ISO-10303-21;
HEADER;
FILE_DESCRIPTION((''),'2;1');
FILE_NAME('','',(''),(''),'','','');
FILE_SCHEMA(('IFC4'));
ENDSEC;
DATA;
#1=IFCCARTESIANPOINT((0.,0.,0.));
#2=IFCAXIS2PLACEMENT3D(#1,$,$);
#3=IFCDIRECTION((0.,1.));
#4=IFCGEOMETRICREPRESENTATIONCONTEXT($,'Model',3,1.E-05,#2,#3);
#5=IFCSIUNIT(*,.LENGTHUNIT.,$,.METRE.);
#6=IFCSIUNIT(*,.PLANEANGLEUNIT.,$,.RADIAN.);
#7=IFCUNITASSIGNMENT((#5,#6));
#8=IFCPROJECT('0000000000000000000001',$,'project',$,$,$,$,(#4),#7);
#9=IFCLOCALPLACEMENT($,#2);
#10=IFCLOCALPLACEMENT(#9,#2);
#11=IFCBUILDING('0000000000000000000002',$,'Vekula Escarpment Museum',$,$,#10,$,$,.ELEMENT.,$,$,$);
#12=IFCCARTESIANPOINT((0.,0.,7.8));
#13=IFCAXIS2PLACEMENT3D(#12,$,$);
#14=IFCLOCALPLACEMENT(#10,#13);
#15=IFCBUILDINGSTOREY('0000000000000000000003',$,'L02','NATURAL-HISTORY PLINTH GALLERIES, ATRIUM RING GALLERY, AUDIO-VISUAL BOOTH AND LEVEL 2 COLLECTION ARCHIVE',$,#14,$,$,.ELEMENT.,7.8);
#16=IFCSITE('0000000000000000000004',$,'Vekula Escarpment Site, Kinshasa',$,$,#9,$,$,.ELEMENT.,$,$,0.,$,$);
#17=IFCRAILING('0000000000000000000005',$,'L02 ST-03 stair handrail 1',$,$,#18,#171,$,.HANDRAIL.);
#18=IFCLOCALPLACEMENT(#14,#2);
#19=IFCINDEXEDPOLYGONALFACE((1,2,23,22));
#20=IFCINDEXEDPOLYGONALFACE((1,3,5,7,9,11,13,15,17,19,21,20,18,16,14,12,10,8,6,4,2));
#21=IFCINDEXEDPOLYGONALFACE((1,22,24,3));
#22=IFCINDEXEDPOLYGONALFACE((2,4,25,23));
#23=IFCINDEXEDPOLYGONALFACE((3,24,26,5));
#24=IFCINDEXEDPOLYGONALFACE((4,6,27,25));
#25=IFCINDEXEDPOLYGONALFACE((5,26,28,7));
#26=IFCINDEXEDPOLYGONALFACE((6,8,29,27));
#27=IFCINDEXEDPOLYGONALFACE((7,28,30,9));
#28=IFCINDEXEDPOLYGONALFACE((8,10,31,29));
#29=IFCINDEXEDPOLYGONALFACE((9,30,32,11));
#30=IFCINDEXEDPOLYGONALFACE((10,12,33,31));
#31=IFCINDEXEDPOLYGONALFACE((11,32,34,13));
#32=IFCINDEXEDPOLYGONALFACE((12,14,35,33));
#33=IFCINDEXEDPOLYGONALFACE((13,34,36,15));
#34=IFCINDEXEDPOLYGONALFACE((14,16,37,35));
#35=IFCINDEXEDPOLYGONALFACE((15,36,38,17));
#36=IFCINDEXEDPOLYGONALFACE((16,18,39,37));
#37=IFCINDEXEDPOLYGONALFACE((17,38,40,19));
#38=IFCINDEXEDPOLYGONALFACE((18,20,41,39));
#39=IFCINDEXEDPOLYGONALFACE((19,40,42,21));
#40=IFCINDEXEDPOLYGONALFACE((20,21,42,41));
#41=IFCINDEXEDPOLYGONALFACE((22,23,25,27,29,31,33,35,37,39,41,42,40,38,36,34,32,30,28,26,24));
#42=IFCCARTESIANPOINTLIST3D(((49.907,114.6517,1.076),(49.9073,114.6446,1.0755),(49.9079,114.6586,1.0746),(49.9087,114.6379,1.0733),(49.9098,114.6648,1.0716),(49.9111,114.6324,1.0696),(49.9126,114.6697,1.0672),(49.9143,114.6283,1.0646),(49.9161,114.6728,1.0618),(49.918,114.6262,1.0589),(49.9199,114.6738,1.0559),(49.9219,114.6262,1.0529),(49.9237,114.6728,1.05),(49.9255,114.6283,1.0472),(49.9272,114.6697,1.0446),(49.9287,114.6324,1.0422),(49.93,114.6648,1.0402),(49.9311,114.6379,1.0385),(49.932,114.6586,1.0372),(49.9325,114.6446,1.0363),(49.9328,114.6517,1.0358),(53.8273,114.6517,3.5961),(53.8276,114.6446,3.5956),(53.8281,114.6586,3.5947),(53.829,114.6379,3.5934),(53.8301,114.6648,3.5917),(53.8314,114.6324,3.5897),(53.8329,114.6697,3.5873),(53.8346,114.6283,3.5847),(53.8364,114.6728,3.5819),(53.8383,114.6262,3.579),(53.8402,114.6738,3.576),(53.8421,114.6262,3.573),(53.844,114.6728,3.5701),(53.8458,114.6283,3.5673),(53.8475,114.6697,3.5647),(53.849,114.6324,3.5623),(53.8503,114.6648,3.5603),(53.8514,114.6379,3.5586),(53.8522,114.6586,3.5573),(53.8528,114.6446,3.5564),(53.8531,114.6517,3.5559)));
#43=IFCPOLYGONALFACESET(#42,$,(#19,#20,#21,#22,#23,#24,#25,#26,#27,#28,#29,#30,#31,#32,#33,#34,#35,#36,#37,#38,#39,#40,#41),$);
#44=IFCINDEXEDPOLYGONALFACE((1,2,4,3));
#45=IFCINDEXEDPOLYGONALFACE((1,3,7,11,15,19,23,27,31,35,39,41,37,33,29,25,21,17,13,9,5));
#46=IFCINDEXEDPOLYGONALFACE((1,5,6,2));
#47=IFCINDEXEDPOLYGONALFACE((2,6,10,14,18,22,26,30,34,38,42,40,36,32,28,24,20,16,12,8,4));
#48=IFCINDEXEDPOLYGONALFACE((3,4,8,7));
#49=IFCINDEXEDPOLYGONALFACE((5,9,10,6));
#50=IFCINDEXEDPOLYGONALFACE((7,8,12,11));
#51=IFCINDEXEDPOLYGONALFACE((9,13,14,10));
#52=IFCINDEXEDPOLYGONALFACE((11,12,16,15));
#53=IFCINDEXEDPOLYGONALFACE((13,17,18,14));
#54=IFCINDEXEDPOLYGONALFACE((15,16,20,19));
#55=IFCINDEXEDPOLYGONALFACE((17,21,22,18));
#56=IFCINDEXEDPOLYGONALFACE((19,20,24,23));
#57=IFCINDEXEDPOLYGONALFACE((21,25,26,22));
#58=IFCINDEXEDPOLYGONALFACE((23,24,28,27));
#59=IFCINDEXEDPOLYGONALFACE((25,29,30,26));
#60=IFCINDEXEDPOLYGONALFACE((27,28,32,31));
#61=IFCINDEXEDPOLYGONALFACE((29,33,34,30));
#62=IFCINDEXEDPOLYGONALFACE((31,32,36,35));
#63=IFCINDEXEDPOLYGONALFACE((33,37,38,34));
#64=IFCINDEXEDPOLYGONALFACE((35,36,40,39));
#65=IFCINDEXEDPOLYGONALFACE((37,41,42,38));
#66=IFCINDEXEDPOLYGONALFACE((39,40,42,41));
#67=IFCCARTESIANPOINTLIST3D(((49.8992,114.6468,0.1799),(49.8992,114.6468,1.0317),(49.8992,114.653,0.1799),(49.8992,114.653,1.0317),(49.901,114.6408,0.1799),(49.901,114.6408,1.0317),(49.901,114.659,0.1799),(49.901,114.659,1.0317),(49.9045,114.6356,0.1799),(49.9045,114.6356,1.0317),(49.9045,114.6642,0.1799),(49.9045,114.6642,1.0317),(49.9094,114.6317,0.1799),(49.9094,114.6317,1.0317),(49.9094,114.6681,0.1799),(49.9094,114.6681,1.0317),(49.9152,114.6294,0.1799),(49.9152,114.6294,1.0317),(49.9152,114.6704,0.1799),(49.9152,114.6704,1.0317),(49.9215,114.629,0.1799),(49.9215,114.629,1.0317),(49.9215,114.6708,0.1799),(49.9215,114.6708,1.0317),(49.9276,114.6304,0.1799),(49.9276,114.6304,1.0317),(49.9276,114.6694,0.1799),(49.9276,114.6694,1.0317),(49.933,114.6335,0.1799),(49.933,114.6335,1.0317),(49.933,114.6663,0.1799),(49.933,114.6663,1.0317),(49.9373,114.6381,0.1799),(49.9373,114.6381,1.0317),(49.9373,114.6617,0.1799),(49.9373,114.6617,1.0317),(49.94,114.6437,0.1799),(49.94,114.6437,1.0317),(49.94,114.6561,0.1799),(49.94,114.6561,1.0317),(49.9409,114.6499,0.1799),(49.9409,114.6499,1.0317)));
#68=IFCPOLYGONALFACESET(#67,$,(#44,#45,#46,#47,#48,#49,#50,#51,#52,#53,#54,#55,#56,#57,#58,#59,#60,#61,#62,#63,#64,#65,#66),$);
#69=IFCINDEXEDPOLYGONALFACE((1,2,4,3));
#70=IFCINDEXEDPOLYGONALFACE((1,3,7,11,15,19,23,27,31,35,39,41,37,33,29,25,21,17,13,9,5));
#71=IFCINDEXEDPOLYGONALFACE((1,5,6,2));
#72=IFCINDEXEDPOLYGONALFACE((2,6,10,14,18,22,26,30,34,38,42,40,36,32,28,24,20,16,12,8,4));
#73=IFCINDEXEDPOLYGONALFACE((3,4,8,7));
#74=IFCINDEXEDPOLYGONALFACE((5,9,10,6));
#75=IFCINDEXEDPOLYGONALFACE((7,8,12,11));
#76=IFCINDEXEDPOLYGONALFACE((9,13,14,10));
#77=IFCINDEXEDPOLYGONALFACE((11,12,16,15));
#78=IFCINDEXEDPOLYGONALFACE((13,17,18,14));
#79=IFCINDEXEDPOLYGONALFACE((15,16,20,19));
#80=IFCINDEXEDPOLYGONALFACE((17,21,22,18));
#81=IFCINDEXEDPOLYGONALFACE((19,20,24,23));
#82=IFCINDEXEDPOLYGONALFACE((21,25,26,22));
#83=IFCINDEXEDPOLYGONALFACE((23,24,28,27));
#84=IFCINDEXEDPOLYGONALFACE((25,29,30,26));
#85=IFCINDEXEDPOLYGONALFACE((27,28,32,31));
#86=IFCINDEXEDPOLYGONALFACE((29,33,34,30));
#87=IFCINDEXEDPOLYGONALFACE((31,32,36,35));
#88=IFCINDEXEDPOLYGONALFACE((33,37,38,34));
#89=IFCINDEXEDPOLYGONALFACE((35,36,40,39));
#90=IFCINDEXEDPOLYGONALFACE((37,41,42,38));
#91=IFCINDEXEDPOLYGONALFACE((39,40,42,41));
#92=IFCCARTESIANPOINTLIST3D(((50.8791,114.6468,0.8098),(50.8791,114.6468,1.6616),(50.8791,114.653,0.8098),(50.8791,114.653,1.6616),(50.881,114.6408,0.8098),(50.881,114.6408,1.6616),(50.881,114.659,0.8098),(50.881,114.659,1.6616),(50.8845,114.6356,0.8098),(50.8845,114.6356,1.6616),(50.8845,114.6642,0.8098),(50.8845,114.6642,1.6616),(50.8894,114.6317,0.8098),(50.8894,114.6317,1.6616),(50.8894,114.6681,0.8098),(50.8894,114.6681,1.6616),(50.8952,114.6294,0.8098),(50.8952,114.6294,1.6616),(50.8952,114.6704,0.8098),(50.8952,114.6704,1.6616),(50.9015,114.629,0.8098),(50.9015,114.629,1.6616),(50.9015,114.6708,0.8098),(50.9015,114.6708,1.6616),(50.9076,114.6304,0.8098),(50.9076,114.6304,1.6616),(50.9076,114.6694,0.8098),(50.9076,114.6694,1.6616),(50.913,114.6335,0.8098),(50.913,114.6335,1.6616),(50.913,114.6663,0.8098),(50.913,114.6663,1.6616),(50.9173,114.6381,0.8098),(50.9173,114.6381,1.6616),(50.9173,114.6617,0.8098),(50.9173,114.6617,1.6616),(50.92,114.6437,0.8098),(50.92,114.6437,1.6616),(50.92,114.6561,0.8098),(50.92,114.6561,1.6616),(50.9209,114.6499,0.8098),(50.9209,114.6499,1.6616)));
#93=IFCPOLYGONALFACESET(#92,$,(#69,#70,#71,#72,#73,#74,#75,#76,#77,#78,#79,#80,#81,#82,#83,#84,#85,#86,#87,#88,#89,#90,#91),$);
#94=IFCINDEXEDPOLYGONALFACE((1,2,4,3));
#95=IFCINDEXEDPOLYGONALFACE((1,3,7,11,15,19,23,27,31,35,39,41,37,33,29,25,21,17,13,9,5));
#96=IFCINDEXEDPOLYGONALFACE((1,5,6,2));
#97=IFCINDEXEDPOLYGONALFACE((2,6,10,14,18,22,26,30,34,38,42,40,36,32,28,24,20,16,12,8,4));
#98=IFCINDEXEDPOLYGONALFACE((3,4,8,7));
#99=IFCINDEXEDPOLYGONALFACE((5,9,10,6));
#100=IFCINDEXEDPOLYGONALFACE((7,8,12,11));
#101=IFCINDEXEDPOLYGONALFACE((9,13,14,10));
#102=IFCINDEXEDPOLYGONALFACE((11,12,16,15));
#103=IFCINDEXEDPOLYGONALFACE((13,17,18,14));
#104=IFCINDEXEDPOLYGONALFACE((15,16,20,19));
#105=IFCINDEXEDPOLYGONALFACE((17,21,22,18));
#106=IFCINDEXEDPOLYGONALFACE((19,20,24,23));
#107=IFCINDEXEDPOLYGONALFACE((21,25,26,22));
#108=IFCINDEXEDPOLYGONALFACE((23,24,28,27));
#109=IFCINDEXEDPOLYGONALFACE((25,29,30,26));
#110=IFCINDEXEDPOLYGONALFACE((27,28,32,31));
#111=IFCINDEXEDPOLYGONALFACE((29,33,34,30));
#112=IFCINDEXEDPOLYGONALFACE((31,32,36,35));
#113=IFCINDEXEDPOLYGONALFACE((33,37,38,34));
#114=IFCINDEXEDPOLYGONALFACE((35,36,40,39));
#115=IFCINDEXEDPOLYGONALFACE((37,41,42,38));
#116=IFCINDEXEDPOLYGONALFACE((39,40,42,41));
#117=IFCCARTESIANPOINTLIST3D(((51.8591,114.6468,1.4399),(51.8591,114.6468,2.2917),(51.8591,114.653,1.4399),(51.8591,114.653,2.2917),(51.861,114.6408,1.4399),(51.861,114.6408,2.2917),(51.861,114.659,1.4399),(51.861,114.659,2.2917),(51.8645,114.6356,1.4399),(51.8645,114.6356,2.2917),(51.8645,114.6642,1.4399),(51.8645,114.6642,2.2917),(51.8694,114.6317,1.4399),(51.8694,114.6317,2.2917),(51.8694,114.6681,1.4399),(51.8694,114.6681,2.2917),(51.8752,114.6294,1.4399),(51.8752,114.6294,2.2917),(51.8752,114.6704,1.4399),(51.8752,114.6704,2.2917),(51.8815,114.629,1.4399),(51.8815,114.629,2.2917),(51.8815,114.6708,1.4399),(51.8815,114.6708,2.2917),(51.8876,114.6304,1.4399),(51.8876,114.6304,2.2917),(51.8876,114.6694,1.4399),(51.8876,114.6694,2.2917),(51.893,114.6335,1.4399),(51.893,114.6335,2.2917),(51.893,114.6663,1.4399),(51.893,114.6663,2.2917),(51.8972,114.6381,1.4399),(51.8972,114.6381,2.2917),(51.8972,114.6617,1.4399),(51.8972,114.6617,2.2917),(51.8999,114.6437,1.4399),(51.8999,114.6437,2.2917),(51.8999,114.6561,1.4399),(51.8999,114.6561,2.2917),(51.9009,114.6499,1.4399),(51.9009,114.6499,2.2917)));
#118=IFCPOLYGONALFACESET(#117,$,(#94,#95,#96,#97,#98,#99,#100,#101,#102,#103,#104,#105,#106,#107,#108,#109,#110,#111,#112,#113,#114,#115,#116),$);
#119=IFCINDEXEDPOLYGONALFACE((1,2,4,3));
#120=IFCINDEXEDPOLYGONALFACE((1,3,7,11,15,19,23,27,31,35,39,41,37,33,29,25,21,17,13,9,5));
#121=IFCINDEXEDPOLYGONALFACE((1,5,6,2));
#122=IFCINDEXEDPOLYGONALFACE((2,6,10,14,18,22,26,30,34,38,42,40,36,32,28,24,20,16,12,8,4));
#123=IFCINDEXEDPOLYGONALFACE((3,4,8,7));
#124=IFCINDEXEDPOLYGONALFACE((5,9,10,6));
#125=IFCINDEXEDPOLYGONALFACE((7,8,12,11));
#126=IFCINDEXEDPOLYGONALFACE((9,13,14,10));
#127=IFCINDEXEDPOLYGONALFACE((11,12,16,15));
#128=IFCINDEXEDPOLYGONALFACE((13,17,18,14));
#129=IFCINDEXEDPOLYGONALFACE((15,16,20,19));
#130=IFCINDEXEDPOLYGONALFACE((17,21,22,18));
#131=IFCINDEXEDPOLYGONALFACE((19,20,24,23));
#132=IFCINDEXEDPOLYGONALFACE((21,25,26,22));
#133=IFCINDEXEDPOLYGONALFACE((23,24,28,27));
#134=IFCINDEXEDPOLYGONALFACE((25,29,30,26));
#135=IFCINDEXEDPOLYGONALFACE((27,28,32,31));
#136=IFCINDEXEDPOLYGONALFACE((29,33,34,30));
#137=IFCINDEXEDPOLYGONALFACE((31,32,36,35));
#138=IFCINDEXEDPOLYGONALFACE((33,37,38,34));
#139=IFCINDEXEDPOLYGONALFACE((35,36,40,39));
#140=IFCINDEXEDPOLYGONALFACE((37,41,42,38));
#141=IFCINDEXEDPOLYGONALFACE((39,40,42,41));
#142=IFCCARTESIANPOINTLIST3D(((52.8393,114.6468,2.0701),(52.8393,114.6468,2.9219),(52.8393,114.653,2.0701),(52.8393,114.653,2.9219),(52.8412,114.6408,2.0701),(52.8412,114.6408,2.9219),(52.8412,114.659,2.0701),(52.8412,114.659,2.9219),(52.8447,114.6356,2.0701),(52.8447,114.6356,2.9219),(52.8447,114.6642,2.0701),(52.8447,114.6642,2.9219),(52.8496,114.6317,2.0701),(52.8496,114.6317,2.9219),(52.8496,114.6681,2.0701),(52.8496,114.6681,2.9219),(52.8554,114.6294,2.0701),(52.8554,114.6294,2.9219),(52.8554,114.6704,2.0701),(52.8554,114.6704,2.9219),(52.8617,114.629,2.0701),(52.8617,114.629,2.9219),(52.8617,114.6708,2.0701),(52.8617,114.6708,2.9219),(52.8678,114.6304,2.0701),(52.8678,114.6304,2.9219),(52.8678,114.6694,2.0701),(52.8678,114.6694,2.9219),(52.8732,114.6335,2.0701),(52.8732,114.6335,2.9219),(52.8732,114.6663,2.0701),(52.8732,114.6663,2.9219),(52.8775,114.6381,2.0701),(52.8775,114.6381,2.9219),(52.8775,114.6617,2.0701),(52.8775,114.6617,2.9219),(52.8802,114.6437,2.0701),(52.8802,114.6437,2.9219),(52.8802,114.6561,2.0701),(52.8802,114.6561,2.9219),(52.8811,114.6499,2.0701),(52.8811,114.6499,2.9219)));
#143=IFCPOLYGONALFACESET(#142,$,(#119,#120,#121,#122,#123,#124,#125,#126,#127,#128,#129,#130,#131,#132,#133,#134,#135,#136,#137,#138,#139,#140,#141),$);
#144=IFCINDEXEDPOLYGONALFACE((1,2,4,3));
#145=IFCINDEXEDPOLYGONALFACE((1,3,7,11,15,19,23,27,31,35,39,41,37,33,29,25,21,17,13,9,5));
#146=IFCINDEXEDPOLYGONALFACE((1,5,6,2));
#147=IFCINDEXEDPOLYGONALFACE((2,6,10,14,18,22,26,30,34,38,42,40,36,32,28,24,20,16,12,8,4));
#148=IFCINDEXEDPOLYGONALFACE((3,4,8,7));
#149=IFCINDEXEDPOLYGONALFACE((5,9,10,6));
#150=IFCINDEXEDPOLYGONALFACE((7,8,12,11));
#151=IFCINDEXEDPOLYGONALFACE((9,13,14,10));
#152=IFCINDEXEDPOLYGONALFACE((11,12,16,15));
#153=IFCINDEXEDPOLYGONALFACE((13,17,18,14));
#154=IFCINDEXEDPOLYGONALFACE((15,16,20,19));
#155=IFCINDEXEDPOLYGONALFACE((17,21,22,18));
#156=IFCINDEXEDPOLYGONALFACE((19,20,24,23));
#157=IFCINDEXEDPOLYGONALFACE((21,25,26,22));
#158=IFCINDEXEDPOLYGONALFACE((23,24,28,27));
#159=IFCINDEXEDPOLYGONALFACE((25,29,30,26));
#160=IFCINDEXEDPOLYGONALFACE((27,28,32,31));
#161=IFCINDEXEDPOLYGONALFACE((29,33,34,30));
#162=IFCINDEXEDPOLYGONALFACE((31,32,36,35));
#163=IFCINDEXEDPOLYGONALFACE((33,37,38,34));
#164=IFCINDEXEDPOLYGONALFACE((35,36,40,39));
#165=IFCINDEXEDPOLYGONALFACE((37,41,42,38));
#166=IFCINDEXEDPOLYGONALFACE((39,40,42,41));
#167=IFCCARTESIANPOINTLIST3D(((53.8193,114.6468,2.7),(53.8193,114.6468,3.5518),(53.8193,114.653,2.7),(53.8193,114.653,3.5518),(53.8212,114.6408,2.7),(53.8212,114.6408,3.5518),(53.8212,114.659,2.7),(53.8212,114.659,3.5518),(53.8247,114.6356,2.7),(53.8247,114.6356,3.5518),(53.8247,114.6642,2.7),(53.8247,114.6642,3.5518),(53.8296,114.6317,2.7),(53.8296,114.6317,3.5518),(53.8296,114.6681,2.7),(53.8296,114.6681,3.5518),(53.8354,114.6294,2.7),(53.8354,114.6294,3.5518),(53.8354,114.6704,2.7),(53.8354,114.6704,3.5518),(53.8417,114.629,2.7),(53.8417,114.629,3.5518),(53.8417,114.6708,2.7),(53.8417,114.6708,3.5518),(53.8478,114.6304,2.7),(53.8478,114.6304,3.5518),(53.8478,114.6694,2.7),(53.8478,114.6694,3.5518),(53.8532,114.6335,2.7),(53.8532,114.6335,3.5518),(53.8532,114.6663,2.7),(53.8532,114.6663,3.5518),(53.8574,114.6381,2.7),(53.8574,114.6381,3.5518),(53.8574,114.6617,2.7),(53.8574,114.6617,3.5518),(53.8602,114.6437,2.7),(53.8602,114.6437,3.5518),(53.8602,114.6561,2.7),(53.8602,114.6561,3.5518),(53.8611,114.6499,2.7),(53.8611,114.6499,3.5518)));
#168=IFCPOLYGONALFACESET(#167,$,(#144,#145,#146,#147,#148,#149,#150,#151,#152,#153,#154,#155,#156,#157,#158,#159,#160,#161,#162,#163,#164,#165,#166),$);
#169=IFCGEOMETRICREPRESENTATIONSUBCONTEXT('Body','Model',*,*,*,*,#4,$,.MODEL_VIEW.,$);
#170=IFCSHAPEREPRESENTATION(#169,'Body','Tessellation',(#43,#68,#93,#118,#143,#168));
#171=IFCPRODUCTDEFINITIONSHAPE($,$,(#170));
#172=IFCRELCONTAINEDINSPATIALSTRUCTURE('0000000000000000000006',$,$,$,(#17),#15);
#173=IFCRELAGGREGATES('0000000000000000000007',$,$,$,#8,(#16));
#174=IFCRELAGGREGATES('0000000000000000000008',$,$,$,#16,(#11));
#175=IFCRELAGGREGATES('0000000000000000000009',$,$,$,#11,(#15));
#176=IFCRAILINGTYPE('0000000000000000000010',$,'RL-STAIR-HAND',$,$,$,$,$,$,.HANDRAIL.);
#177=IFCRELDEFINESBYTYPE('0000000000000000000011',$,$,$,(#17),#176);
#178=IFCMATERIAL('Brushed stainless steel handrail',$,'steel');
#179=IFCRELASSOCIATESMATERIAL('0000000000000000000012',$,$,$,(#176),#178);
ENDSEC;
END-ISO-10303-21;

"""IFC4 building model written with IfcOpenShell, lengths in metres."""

from ifc_helpers import new_model, si_unit, direction, frame, origin, origin_2d, place, context, subcontext, project, spatial, circle, extrude, material, type_object, element, save


model = new_model("IFC4")

# Units and contexts
model_context = context("Model", 3, precision=1e-05, world=origin(), true_north=direction((0.0, 1.0)))
body_context = subcontext(model_context, "Body", "Model", "MODEL_VIEW")
ifc_project = project(units=[si_unit("LENGTHUNIT", "METRE"), si_unit("PLANEANGLEUNIT", "RADIAN")], contexts=[model_context])

# Site, building, storey
site_placement = place(None, origin())
site = spatial("IfcSite", under=ifc_project, at=site_placement, Name="Vekula Escarpment Site, Kinshasa", CompositionType="ELEMENT", RefElevation=0.0)
building_placement = place(site_placement, origin())
building = spatial("IfcBuilding", under=site, at=building_placement, Name="Vekula Escarpment Museum", CompositionType="ELEMENT")
storey_placement = place(building_placement, frame((0.0, 0.0, 7.8)))
storey = spatial("IfcBuildingStorey", under=building, at=storey_placement, Name="L02", Description="NATURAL-HISTORY PLINTH GALLERIES, ATRIUM RING GALLERY, AUDIO-VISUAL BOOTH AND LEVEL 2 COLLECTION ARCHIVE", CompositionType="ELEMENT", Elevation=7.8)

# Railing
ifc_material_1 = material(Name="Brushed stainless steel handrail", Category="steel")
railing_type_1 = type_object("IfcRailingType", Name="RL-STAIR-HAND", PredefinedType="HANDRAIL", material=ifc_material_1)
railing_1_placement = place(storey_placement, frame((49.9199, 114.6499, 0.1799)))
element("IfcRailing", 1, at=railing_1_placement, inside=storey, type_object=railing_type_1, Name="L02 ST-03 stair handrail 1", PredefinedType="HANDRAIL", context=body_context, shape_type="SweptSolid", body=[
    extrude(circle(Radius=0.0239, at=origin_2d()), frame((0.0, 0.0, 0.876), z_axis=(0.841187, 0.0, 0.540744), x_axis=(0.0, 1.0, 0.0)), (0.0, 0.0, 1.0), 4.6604),
    extrude(circle(Radius=0.021, at=origin_2d()), origin(), (0.0, 0.0, 1.0), 0.8518),
    extrude(circle(Radius=0.021, at=origin_2d()), frame((0.98, 0.0, 0.6299)), (0.0, 0.0, 1.0), 0.8518),
    extrude(circle(Radius=0.021, at=origin_2d()), frame((1.96, 0.0, 1.26)), (0.0, 0.0, 1.0), 0.8518),
    extrude(circle(Radius=0.021, at=origin_2d()), frame((2.9402, 0.0, 1.8901)), (0.0, 0.0, 1.0), 0.8518),
    extrude(circle(Radius=0.021, at=origin_2d()), frame((3.9202, 0.0, 2.52)), (0.0, 0.0, 1.0), 0.8518),
])

save(model, "model.ifc")
